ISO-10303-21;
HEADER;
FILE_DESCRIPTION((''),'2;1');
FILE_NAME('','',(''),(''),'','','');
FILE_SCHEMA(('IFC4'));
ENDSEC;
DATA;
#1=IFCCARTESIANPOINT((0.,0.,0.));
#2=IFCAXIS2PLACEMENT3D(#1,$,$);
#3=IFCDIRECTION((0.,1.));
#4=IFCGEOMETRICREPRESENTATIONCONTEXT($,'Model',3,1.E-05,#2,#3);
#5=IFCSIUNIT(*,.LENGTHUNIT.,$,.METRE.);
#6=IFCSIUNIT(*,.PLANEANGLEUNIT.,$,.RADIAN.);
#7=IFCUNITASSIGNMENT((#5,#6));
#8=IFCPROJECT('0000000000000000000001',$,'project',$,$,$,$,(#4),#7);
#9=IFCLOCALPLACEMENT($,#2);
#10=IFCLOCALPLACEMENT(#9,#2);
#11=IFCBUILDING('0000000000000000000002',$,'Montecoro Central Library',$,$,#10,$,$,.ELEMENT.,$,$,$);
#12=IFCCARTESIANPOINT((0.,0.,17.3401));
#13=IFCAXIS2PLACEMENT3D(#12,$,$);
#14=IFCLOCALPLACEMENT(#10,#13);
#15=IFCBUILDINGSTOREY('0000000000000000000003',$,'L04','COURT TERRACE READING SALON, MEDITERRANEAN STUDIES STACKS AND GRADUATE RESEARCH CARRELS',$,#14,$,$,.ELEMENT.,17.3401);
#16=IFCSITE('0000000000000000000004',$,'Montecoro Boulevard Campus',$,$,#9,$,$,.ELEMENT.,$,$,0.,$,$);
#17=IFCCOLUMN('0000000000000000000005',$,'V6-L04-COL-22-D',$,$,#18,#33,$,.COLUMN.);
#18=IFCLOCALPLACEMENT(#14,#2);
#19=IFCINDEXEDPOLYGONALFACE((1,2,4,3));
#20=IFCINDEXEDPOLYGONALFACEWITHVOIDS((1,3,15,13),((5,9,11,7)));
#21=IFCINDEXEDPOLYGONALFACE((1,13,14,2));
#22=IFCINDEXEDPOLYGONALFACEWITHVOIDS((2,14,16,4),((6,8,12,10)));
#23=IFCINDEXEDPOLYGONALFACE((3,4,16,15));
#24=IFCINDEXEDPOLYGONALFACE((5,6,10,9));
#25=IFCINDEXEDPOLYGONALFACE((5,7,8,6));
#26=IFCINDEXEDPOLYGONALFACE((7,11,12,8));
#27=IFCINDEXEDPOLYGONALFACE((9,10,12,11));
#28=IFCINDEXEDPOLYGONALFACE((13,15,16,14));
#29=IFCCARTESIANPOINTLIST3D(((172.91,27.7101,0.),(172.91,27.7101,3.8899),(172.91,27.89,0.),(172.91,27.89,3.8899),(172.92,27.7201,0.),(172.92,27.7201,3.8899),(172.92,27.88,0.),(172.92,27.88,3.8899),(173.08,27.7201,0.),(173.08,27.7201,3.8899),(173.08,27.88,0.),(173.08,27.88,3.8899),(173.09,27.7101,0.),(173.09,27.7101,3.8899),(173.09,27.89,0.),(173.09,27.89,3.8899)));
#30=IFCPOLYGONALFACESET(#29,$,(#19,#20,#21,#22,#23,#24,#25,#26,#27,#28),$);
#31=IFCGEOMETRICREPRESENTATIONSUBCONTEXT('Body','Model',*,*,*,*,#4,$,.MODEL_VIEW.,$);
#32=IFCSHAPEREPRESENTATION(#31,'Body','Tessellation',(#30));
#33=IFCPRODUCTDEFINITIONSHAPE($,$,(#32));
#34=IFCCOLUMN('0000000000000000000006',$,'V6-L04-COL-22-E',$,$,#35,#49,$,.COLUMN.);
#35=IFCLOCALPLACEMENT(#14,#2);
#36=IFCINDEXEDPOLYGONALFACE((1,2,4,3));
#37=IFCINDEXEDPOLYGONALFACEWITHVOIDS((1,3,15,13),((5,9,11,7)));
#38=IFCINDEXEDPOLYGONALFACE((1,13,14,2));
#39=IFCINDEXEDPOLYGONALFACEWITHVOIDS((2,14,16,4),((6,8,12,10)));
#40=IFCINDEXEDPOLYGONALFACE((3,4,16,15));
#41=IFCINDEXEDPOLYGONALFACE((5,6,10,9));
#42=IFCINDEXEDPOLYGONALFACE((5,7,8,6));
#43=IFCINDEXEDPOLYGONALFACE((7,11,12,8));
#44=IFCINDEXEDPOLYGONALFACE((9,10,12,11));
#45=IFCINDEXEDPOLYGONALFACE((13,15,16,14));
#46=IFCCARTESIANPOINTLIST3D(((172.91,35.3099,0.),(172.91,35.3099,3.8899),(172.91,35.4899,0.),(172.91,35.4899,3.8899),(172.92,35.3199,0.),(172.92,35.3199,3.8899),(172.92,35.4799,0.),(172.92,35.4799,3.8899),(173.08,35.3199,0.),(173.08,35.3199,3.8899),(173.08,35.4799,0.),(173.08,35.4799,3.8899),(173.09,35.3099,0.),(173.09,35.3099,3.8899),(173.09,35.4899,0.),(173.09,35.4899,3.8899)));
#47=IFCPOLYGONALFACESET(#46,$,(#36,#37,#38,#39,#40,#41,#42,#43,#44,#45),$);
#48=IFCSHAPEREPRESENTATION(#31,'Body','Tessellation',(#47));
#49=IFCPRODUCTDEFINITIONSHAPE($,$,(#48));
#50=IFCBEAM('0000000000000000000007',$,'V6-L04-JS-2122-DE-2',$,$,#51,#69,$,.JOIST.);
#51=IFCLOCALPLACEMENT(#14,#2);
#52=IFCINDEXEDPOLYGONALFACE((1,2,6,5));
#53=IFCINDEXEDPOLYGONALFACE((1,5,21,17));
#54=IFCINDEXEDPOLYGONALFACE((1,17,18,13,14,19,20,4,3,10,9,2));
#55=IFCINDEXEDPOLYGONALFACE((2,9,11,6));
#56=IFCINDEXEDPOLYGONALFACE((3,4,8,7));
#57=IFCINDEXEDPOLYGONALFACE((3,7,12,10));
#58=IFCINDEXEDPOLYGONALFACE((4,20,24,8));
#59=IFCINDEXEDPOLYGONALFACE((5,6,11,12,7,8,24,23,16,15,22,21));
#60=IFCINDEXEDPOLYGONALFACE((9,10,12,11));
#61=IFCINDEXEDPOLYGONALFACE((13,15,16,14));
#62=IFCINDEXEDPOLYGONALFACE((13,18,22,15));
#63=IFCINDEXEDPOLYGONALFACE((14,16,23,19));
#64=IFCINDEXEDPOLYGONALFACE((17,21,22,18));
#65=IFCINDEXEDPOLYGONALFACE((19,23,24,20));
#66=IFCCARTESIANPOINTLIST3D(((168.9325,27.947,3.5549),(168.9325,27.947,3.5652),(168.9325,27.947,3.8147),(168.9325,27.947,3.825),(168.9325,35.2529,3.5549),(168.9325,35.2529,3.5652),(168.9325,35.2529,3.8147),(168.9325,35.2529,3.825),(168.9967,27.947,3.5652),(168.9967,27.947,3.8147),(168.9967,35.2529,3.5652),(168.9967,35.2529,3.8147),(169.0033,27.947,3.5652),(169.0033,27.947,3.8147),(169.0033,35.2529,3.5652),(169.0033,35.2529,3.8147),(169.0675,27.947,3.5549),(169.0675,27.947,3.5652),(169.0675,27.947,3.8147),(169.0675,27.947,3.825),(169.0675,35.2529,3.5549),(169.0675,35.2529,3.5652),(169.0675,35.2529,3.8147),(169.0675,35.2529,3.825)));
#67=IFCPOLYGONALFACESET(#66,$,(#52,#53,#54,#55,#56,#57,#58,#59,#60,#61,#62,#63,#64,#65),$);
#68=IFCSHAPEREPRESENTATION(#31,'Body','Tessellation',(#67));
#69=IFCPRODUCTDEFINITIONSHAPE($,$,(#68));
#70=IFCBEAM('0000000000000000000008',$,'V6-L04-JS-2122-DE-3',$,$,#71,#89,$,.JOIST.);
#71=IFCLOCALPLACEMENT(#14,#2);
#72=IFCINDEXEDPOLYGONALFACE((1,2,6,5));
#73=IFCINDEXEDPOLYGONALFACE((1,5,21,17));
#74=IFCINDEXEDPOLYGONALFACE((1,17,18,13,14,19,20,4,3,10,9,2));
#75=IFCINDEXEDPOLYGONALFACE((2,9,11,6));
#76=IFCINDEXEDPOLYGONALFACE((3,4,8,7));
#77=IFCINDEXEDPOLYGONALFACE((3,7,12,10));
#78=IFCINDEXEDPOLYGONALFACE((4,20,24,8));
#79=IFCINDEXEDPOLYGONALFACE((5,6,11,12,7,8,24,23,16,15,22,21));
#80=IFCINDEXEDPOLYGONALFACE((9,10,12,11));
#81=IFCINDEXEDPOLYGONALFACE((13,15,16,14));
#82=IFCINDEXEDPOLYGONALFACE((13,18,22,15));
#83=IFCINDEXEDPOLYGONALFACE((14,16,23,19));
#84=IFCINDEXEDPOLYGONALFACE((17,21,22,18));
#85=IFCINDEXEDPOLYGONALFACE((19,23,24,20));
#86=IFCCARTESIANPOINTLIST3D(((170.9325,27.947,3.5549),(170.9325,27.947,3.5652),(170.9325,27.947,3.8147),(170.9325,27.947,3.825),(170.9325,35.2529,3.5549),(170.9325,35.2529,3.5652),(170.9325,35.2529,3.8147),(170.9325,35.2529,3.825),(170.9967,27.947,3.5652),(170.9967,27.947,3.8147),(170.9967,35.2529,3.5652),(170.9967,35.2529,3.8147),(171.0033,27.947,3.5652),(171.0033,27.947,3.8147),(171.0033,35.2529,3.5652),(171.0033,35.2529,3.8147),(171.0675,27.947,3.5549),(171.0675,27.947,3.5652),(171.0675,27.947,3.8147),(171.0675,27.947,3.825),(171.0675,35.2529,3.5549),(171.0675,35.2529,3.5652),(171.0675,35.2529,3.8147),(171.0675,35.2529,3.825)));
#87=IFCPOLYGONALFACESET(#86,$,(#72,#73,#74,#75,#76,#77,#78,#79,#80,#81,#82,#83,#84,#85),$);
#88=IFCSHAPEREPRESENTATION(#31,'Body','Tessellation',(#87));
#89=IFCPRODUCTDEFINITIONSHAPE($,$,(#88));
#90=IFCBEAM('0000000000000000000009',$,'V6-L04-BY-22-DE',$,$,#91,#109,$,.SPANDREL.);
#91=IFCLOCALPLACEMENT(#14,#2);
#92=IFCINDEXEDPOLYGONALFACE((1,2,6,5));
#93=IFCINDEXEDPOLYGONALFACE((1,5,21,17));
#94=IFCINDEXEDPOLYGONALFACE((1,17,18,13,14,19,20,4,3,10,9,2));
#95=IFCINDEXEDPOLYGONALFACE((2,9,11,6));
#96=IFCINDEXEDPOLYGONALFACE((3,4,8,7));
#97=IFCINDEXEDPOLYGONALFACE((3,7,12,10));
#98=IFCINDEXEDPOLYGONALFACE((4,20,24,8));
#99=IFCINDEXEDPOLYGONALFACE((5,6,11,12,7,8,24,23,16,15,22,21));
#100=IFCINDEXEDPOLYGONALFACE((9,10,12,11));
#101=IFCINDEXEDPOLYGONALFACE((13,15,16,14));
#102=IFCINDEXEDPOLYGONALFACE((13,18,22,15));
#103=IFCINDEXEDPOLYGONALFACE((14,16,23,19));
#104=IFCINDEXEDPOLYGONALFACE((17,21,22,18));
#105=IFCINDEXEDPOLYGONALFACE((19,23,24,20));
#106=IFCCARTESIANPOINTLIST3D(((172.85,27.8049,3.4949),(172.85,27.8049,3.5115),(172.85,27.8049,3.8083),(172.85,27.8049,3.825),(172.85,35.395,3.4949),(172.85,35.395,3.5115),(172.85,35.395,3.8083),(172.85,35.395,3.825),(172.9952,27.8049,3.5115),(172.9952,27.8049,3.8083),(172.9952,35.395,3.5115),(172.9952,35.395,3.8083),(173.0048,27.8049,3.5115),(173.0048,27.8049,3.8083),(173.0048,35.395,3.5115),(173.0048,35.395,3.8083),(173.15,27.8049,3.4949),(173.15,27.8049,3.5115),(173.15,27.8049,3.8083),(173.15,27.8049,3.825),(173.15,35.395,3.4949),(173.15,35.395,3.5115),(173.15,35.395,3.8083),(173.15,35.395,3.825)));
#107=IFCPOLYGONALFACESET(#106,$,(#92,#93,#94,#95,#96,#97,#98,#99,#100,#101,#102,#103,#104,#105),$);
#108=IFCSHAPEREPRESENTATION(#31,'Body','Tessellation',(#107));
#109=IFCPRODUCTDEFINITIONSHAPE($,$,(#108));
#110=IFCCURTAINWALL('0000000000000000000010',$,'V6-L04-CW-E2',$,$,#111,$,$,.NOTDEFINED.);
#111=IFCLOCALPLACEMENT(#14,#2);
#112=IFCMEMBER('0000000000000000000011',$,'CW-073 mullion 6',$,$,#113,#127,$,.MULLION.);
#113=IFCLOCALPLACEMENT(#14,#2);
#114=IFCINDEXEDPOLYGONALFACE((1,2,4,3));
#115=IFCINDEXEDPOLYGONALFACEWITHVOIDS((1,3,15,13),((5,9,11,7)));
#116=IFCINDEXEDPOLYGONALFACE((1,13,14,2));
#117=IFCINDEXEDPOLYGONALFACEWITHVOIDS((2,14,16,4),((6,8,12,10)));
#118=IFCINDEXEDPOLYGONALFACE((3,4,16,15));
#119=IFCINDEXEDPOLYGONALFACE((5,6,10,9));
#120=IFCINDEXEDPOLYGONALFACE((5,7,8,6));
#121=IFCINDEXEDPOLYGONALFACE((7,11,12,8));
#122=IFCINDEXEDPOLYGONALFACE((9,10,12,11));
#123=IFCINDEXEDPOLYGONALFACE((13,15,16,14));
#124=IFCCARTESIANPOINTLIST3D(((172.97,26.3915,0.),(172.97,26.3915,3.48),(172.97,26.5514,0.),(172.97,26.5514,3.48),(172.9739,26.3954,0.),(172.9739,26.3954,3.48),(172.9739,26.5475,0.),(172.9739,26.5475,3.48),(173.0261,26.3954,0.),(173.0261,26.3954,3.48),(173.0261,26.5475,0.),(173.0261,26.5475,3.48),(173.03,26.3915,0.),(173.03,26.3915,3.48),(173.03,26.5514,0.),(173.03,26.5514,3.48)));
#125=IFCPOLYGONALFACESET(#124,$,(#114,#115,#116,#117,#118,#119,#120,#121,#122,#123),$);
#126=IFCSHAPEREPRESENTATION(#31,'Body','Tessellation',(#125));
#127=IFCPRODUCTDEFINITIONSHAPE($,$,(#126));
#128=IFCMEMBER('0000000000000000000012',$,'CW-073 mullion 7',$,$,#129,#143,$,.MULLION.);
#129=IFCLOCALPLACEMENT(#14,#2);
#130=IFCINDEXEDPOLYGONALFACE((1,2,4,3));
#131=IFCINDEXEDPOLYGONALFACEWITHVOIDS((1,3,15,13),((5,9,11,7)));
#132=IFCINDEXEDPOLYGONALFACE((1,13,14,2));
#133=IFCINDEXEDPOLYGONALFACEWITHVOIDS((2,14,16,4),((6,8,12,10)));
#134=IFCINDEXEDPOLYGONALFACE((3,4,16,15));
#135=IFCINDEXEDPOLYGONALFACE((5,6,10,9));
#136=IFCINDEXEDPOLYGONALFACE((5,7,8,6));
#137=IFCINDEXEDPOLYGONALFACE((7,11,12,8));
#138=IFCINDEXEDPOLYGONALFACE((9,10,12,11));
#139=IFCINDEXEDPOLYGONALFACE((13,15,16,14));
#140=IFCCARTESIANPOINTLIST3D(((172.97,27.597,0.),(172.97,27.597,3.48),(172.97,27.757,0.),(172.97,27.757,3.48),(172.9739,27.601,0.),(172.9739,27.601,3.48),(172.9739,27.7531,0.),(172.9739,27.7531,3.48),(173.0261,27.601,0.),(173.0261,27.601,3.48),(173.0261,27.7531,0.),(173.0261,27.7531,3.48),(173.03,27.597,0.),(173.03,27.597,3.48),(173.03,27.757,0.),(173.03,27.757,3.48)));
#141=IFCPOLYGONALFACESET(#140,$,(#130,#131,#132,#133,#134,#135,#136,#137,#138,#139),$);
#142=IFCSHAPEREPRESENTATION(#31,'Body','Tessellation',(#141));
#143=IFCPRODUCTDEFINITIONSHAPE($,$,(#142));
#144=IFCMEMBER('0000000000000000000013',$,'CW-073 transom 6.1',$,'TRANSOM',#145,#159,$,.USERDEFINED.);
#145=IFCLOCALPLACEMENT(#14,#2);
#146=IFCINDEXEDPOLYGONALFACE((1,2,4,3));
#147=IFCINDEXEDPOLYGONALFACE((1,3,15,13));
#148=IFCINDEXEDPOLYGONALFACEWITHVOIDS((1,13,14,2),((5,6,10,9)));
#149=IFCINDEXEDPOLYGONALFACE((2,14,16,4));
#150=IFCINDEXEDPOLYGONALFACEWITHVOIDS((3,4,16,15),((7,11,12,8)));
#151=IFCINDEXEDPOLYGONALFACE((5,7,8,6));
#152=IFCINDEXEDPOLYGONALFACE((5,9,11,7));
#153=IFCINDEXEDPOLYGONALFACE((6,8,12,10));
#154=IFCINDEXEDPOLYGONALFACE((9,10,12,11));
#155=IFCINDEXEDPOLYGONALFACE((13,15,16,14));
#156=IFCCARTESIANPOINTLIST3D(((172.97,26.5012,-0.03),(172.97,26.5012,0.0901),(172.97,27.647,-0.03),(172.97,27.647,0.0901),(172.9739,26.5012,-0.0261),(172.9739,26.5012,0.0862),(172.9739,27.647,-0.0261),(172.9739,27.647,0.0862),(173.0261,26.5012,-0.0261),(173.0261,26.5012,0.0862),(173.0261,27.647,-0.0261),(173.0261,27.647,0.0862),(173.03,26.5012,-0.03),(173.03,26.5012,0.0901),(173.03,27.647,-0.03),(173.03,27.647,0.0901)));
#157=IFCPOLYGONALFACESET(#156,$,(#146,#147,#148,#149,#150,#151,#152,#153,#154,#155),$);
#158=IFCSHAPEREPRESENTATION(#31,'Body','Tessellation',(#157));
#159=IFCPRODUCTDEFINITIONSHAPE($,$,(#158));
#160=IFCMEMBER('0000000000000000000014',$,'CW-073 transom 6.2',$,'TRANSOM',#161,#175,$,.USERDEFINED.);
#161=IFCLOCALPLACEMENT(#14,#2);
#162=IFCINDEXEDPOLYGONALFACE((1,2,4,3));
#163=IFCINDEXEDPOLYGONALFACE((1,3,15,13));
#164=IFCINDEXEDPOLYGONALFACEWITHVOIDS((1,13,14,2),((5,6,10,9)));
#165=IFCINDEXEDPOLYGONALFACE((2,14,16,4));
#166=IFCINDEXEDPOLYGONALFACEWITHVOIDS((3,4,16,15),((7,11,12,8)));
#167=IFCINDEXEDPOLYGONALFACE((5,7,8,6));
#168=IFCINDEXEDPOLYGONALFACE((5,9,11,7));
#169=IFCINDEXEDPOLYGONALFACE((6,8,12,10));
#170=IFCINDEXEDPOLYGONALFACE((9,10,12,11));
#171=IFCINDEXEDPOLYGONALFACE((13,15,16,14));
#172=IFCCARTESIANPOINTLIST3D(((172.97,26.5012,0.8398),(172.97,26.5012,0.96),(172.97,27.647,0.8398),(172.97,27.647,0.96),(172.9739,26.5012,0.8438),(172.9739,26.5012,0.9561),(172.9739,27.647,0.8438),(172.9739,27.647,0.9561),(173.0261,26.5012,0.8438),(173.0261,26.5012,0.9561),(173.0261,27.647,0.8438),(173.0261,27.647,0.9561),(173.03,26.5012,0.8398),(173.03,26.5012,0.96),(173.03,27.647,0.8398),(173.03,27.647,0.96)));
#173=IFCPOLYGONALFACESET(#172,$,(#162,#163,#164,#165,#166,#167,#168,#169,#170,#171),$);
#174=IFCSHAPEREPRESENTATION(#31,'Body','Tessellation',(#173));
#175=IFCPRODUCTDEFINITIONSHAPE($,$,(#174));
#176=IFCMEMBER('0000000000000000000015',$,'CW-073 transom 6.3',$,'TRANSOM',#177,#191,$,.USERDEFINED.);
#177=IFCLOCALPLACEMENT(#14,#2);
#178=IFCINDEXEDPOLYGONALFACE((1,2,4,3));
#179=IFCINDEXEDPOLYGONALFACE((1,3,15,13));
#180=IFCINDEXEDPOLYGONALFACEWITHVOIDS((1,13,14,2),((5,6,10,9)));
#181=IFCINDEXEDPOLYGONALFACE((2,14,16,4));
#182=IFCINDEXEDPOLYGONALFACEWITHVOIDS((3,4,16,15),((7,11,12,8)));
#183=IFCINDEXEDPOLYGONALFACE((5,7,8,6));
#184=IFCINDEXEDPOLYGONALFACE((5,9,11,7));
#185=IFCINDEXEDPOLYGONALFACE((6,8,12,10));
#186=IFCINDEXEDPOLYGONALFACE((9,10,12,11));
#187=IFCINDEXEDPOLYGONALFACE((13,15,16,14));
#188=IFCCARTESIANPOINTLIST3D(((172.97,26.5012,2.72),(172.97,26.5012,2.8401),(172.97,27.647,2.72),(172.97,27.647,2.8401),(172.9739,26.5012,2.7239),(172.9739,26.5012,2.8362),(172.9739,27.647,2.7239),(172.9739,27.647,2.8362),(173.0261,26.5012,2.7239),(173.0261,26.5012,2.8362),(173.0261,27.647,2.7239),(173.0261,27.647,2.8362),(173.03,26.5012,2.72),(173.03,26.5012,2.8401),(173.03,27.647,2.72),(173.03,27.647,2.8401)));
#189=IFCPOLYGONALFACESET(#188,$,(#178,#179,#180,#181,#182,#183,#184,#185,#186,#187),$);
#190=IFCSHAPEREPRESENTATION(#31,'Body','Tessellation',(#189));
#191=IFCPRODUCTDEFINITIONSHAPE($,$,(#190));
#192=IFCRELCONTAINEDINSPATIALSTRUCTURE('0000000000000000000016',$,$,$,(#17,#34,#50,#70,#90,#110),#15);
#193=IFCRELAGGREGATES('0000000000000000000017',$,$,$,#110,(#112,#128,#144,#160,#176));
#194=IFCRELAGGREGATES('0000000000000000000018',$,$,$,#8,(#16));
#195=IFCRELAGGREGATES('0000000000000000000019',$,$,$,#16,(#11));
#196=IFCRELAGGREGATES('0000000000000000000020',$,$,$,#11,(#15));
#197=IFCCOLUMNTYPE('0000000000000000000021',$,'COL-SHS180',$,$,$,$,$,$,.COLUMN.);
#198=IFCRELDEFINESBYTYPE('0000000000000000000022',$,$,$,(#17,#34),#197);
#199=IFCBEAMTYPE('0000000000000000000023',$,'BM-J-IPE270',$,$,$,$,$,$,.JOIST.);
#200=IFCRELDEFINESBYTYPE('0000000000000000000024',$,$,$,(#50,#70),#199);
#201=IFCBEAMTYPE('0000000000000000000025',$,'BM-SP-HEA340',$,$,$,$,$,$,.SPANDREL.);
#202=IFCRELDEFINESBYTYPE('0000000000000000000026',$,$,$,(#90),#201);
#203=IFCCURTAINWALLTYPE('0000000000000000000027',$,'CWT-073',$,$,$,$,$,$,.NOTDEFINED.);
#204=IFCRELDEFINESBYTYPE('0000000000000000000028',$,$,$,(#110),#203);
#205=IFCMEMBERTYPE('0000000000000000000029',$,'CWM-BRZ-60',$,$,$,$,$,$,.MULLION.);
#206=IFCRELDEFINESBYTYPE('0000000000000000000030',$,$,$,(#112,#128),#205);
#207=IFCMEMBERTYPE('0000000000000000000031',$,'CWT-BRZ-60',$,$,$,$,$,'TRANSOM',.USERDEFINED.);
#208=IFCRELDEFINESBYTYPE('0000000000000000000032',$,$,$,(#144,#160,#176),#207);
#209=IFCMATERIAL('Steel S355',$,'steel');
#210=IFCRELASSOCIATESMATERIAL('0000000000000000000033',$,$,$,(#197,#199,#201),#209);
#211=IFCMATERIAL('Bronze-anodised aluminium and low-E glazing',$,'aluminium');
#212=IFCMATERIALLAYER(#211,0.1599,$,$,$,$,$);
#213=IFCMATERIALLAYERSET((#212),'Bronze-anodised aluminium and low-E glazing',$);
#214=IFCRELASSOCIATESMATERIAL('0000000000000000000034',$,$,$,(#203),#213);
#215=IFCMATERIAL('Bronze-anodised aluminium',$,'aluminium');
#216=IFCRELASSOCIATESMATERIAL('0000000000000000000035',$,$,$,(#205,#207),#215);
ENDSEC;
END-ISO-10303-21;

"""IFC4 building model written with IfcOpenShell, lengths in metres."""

from ifc_helpers import new_model, si_unit, direction, frame, origin, origin_2d, place, context, subcontext, project, spatial, hollow_rectangle, i_section, extrude, material, layer, layer_set, material_profile, profile_set, type_object, element, aggregate, save


model = new_model("IFC4")

# Units and contexts
model_context = context("Model", 3, precision=1e-05, world=origin(), true_north=direction((0.0, 1.0)))
body_context = subcontext(model_context, "Body", "Model", "MODEL_VIEW")
ifc_project = project(units=[si_unit("LENGTHUNIT", "METRE"), si_unit("PLANEANGLEUNIT", "RADIAN")], contexts=[model_context])

# Site, building, storey
site_placement = place(None, origin())
site = spatial("IfcSite", under=ifc_project, at=site_placement, Name="Montecoro Boulevard Campus", CompositionType="ELEMENT", RefElevation=0.0)
building_placement = place(site_placement, origin())
building = spatial("IfcBuilding", under=site, at=building_placement, Name="Montecoro Central Library", CompositionType="ELEMENT")
storey_placement = place(building_placement, frame((0.0, 0.0, 17.3401)))
storey = spatial("IfcBuildingStorey", under=building, at=storey_placement, Name="L04", Description="COURT TERRACE READING SALON, MEDITERRANEAN STUDIES STACKS AND GRADUATE RESEARCH CARRELS", CompositionType="ELEMENT", Elevation=17.3401)

# Columns
ifc_material_1 = material(Name="Steel S355", Category="steel")
ifc_material_profile_1 = material_profile(ifc_material_1, hollow_rectangle(XDim=0.1799, YDim=0.1799, WallThickness=0.01, at=origin_2d()), Name="SHS 180x180x10.0")
ifc_profile_set_1 = profile_set([ifc_material_profile_1], Name="Steel S355")
column_type = type_object("IfcColumnType", Name="COL-SHS180", PredefinedType="COLUMN", material=ifc_profile_set_1)
for number, where, z_axis, x_axis, name in (
    (1, (173.0, 27.8, 0.0), (0.0, 0.0, 1.0), (1.0, 0.0, 0.0), "V6-L04-COL-22-D"),
    (2, (173.0, 35.3999, 0.0), (0.0, 0.0, 1.0), (1.0, 0.0, 0.0), "V6-L04-COL-22-E"),
):
    element("IfcColumn", number, at=place(storey_placement, frame(where, z_axis=z_axis, x_axis=x_axis)), inside=storey, type_object=column_type, Name=name, PredefinedType="COLUMN", context=body_context, shape_type="SweptSolid", body=[
        extrude(hollow_rectangle(XDim=0.1799, YDim=0.1799, WallThickness=0.01, at=origin_2d()), origin(), (0.0, 0.0, 1.0), 3.8899),
    ])

# Beams
ifc_material_profile_2 = material_profile(ifc_material_1, i_section(OverallWidth=0.135, OverallDepth=0.27, WebThickness=0.0066, FlangeThickness=0.0103, at=origin_2d()), Name="IPE 270")
ifc_profile_set_2 = profile_set([ifc_material_profile_2], Name="Steel S355")
beam_type_1 = type_object("IfcBeamType", Name="BM-J-IPE270", PredefinedType="JOIST", material=ifc_profile_set_2)
for number, where, z_axis, x_axis, name in (
    (3, (169.0, 27.947, 3.6899), (0.0, 1.0, 0.0), (-1.0, 0.0, 0.0), "V6-L04-JS-2122-DE-2"),
    (4, (171.0, 27.947, 3.6899), (0.0, 1.0, 0.0), (-1.0, 0.0, 0.0), "V6-L04-JS-2122-DE-3"),
):
    element("IfcBeam", number, at=place(storey_placement, frame(where, z_axis=z_axis, x_axis=x_axis)), inside=storey, type_object=beam_type_1, Name=name, PredefinedType="JOIST", context=body_context, shape_type="SweptSolid", body=[
        extrude(i_section(OverallWidth=0.135, OverallDepth=0.27, WebThickness=0.0066, FlangeThickness=0.0103, at=origin_2d()), origin(), (0.0, 0.0, 1.0), 7.3059),
    ])
ifc_material_profile_3 = material_profile(ifc_material_1, i_section(OverallWidth=0.3, OverallDepth=0.3301, WebThickness=0.0095, FlangeThickness=0.0166, at=origin_2d()), Name="HEA 340")
ifc_profile_set_3 = profile_set([ifc_material_profile_3], Name="Steel S355")
beam_type_2 = type_object("IfcBeamType", Name="BM-SP-HEA340", PredefinedType="SPANDREL", material=ifc_profile_set_3)
beam_placement = place(storey_placement, frame((173.0, 27.8049, 3.6599), z_axis=(0.0, 1.0, 0.0), x_axis=(-1.0, 0.0, 0.0)))
element("IfcBeam", 5, at=beam_placement, inside=storey, type_object=beam_type_2, Name="V6-L04-BY-22-DE", PredefinedType="SPANDREL", context=body_context, shape_type="SweptSolid", body=[
    extrude(i_section(OverallWidth=0.3, OverallDepth=0.3301, WebThickness=0.0095, FlangeThickness=0.0166, at=origin_2d()), origin(), (0.0, 0.0, 1.0), 7.5901),
])

# Curtain wall, members
ifc_material_2 = material(Name="Bronze-anodised aluminium and low-E glazing", Category="aluminium")
ifc_layer_1 = layer(ifc_material_2, 0.1599)
ifc_layer_set_1 = layer_set([ifc_layer_1], Name="Bronze-anodised aluminium and low-E glazing")
curtain_wall_type = type_object("IfcCurtainWallType", Name="CWT-073", PredefinedType="NOTDEFINED", material=ifc_layer_set_1)
curtain_wall_placement = place(storey_placement, origin())
curtain_wall = element("IfcCurtainWall", 6, at=curtain_wall_placement, inside=storey, type_object=curtain_wall_type, Name="V6-L04-CW-E2", PredefinedType="NOTDEFINED")
ifc_material_3 = material(Name="Bronze-anodised aluminium", Category="aluminium")
ifc_material_profile_4 = material_profile(ifc_material_3, hollow_rectangle(XDim=0.0601, YDim=0.1599, WallThickness=0.0039, at=origin_2d()), Name="CWM 160x60x4.0")
ifc_profile_set_4 = profile_set([ifc_material_profile_4], Name="Bronze-anodised aluminium")
member_type_1 = type_object("IfcMemberType", Name="CWM-BRZ-60", PredefinedType="MULLION", material=ifc_profile_set_4)
member_1_placement = place(storey_placement, frame((173.0, 26.4714, 0.0), z_axis=(0.0, 0.0, 1.0), x_axis=(-1.0, 0.0, 0.0)))
member_1 = element("IfcMember", 7, at=member_1_placement, type_object=member_type_1, Name="CW-073 mullion 6", PredefinedType="MULLION", context=body_context, shape_type="SweptSolid", body=[
    extrude(hollow_rectangle(XDim=0.0601, YDim=0.1599, WallThickness=0.0039, at=origin_2d()), origin(), (0.0, 0.0, 1.0), 3.48),
])
member_2_placement = place(storey_placement, frame((173.0, 27.677, 0.0), z_axis=(0.0, 0.0, 1.0), x_axis=(-1.0, 0.0, 0.0)))
member_2 = element("IfcMember", 8, at=member_2_placement, type_object=member_type_1, Name="CW-073 mullion 7", PredefinedType="MULLION", context=body_context, shape_type="SweptSolid", body=[
    extrude(hollow_rectangle(XDim=0.0601, YDim=0.1599, WallThickness=0.0039, at=origin_2d()), origin(), (0.0, 0.0, 1.0), 3.48),
])
ifc_material_profile_5 = material_profile(ifc_material_3, hollow_rectangle(XDim=0.0601, YDim=0.1201, WallThickness=0.0039, at=origin_2d()), Name="CWT 120x60x4.0")
ifc_profile_set_5 = profile_set([ifc_material_profile_5], Name="Bronze-anodised aluminium")
member_type_2 = type_object("IfcMemberType", Name="CWT-BRZ-60", ElementType="TRANSOM", PredefinedType="USERDEFINED", material=ifc_profile_set_5)
member_3_placement = place(storey_placement, frame((173.0, 26.5012, 0.03), z_axis=(0.0, 1.0, 0.0), x_axis=(-1.0, 0.0, 0.0)))
member_3 = element("IfcMember", 9, at=member_3_placement, type_object=member_type_2, Name="CW-073 transom 6.1", ObjectType="TRANSOM", PredefinedType="USERDEFINED", context=body_context, shape_type="SweptSolid", body=[
    extrude(hollow_rectangle(XDim=0.0601, YDim=0.1201, WallThickness=0.0039, at=origin_2d()), origin(), (0.0, 0.0, 1.0), 1.1458),
])
member_4_placement = place(storey_placement, frame((173.0, 26.5012, 0.8999), z_axis=(0.0, 1.0, 0.0), x_axis=(-1.0, 0.0, 0.0)))
member_4 = element("IfcMember", 10, at=member_4_placement, type_object=member_type_2, Name="CW-073 transom 6.2", ObjectType="TRANSOM", PredefinedType="USERDEFINED", context=body_context, shape_type="SweptSolid", body=[
    extrude(hollow_rectangle(XDim=0.0601, YDim=0.1201, WallThickness=0.0039, at=origin_2d()), origin(), (0.0, 0.0, 1.0), 1.1458),
])
member_5_placement = place(storey_placement, frame((173.0, 26.5012, 2.78), z_axis=(0.0, 1.0, 0.0), x_axis=(-1.0, 0.0, 0.0)))
member_5 = element("IfcMember", 11, at=member_5_placement, type_object=member_type_2, Name="CW-073 transom 6.3", ObjectType="TRANSOM", PredefinedType="USERDEFINED", context=body_context, shape_type="SweptSolid", body=[
    extrude(hollow_rectangle(XDim=0.0601, YDim=0.1201, WallThickness=0.0039, at=origin_2d()), origin(), (0.0, 0.0, 1.0), 1.1458),
])
aggregate(curtain_wall, [member_1, member_2, member_3, member_4, member_5])

save(model, "model.ifc")
